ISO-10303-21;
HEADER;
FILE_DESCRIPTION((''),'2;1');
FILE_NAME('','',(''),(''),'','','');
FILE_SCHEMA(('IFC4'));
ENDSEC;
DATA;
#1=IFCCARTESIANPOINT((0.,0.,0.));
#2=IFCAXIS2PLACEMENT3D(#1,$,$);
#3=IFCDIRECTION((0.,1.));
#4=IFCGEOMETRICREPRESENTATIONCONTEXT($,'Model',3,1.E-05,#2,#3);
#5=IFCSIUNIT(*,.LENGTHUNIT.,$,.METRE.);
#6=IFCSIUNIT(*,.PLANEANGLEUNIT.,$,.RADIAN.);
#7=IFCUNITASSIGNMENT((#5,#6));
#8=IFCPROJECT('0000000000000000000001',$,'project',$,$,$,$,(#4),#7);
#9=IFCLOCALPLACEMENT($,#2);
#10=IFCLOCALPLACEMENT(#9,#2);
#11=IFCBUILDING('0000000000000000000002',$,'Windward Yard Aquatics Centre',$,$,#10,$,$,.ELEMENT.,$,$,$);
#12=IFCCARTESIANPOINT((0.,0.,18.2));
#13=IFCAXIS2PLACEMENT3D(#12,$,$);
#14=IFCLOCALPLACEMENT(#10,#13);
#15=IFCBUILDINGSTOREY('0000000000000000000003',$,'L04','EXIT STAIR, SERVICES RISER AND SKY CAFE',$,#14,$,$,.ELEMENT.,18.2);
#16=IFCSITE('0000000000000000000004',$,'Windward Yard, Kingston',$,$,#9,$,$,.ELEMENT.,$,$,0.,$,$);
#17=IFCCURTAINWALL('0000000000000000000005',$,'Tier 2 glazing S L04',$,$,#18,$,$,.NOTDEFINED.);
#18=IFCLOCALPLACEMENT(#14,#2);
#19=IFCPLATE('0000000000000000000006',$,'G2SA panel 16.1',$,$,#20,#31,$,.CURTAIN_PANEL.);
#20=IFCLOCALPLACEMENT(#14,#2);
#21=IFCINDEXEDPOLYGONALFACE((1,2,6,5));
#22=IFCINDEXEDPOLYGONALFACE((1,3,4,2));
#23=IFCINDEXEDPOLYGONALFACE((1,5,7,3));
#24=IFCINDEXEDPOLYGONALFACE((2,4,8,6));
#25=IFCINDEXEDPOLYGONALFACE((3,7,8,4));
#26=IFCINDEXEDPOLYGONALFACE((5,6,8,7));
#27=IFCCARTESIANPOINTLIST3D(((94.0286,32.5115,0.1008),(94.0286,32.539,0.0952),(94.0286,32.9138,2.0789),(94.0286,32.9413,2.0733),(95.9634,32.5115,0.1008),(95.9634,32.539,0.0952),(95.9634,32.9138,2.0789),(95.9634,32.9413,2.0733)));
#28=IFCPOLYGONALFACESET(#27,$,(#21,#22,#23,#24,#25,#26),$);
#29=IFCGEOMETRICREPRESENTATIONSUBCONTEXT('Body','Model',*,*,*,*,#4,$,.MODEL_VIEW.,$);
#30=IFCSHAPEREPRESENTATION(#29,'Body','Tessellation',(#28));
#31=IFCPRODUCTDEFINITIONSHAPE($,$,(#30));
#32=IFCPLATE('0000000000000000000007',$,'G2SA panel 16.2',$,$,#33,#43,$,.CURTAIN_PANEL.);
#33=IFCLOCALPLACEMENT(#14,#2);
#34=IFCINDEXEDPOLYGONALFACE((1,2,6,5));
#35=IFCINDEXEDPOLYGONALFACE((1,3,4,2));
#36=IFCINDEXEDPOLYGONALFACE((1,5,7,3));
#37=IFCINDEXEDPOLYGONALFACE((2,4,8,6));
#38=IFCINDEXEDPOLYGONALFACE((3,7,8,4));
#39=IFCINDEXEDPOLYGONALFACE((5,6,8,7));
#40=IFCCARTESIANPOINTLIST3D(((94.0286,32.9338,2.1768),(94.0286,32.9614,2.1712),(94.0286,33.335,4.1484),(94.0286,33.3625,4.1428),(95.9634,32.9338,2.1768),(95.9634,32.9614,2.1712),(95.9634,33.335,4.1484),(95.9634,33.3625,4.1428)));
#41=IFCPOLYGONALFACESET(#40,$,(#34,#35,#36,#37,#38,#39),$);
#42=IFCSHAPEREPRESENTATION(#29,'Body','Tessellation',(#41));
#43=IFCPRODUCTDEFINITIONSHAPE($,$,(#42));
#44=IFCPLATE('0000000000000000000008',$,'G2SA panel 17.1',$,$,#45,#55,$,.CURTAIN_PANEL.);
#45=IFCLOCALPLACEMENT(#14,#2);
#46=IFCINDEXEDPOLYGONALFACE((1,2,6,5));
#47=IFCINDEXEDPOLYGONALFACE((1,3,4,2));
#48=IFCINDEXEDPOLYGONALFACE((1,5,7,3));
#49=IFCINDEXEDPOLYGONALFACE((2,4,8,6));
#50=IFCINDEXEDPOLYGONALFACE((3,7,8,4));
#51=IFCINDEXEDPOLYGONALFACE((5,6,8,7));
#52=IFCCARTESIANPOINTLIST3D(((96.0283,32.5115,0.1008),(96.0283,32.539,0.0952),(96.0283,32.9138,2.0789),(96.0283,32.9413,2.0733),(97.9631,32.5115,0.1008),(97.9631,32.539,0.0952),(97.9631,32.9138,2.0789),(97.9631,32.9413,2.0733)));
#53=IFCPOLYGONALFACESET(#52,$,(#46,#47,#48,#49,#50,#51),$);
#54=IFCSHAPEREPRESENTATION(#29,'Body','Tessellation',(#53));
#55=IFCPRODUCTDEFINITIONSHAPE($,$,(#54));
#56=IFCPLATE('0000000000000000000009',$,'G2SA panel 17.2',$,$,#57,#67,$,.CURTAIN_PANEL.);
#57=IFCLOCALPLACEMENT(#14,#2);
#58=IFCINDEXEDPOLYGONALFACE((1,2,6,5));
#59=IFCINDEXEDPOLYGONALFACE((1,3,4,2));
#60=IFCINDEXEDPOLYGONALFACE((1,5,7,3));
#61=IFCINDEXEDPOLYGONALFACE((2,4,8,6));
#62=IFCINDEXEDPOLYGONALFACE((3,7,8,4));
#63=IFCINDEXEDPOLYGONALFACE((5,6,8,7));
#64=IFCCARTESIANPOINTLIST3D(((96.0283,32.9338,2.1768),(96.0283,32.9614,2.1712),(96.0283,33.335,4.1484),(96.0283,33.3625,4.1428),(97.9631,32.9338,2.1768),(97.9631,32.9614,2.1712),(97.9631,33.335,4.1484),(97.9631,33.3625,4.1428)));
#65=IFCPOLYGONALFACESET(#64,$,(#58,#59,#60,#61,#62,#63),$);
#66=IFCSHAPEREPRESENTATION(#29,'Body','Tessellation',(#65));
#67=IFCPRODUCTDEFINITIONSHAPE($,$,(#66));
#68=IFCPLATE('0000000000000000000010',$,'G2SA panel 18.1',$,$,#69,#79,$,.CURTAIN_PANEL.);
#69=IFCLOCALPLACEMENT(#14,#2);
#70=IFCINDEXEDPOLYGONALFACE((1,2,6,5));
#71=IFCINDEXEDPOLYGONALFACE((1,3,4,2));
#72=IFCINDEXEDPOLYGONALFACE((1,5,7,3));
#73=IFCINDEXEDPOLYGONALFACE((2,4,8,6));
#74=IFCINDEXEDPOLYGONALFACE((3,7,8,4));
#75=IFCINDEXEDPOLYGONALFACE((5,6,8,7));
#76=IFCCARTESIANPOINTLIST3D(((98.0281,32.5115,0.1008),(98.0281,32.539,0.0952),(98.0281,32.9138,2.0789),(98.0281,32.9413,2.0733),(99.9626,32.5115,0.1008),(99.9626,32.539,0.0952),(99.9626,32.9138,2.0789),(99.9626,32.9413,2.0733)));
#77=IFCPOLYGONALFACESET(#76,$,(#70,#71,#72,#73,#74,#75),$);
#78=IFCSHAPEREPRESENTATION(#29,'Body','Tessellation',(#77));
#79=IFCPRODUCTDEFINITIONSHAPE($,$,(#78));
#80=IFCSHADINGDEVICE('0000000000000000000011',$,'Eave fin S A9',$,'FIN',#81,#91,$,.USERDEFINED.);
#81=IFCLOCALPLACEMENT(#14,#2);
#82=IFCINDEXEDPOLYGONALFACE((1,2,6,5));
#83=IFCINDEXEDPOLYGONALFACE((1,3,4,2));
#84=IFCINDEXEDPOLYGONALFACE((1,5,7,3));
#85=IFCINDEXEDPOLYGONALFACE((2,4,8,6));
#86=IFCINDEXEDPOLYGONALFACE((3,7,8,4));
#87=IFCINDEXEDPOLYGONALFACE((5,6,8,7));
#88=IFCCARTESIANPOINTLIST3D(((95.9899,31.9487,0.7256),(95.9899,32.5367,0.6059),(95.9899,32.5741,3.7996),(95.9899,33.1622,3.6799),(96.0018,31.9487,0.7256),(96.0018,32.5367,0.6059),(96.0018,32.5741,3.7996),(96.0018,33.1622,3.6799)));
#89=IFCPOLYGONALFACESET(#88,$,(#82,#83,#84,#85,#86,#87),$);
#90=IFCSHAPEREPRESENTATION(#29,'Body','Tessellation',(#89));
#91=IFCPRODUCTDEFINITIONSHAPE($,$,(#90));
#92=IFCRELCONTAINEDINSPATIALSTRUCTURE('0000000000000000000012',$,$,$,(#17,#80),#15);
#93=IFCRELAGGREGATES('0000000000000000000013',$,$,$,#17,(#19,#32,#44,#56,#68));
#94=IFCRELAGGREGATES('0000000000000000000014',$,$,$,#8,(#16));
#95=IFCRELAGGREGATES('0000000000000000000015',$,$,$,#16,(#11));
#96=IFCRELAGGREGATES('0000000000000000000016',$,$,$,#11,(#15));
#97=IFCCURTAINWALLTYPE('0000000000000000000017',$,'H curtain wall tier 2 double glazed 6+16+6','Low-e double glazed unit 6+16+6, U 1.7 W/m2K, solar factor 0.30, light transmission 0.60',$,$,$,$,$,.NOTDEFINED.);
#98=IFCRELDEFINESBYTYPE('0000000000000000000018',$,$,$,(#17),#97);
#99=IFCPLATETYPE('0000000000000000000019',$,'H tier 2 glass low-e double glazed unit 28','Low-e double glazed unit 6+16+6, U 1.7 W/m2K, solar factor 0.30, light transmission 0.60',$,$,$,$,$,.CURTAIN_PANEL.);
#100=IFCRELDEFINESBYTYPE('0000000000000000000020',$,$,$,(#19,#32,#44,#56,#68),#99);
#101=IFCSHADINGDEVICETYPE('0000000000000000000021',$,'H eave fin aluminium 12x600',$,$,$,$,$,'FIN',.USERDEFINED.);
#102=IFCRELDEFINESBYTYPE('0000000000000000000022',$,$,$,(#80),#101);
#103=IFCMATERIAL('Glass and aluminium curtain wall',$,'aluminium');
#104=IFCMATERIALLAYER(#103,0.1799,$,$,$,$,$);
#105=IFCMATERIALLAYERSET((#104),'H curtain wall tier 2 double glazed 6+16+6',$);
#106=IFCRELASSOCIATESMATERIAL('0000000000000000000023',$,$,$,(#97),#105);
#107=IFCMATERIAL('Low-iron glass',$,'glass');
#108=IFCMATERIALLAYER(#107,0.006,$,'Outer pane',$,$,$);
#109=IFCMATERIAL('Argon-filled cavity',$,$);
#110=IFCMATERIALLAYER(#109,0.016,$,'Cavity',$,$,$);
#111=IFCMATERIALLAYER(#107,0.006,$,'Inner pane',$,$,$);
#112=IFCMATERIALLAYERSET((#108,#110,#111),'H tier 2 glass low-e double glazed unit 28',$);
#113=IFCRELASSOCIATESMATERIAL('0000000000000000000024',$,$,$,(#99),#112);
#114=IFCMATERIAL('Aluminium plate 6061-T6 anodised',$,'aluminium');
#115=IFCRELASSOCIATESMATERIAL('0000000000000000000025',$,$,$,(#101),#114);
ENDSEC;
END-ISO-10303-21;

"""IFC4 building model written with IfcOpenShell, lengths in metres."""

from ifc_helpers import new_model, si_unit, direction, frame, origin, origin_2d, place, context, subcontext, project, spatial, polyline, rectangle, outline, extrude, material, layer, layer_set, material_profile, profile_set, type_object, element, aggregate, save


model = new_model("IFC4")

# Units and contexts
model_context = context("Model", 3, precision=1e-05, world=origin(), true_north=direction((0.0, 1.0)))
body_context = subcontext(model_context, "Body", "Model", "MODEL_VIEW")
ifc_project = project(units=[si_unit("LENGTHUNIT", "METRE"), si_unit("PLANEANGLEUNIT", "RADIAN")], contexts=[model_context])

# Site, building, storey
site_placement = place(None, origin())
site = spatial("IfcSite", under=ifc_project, at=site_placement, Name="Windward Yard, Kingston", CompositionType="ELEMENT", RefElevation=0.0)
building_placement = place(site_placement, origin())
building = spatial("IfcBuilding", under=site, at=building_placement, Name="Windward Yard Aquatics Centre", CompositionType="ELEMENT")
storey_placement = place(building_placement, frame((0.0, 0.0, 18.2)))
storey = spatial("IfcBuildingStorey", under=building, at=storey_placement, Name="L04", Description="EXIT STAIR, SERVICES RISER AND SKY CAFE", CompositionType="ELEMENT", Elevation=18.2)

# Curtain wall
ifc_material_1 = material(Name="Glass and aluminium curtain wall", Category="aluminium")
ifc_layer_1 = layer(ifc_material_1, 0.1799)
ifc_layer_set_1 = layer_set([ifc_layer_1], Name="H curtain wall tier 2 double glazed 6+16+6")
curtain_wall_type = type_object("IfcCurtainWallType", Name="H curtain wall tier 2 double glazed 6+16+6", Description="Low-e double glazed unit 6+16+6, U 1.7 W/m2K, solar factor 0.30, light transmission 0.60", PredefinedType="NOTDEFINED", material=ifc_layer_set_1)
curtain_wall_placement = place(storey_placement, origin())
curtain_wall = element("IfcCurtainWall", 1, at=curtain_wall_placement, inside=storey, type_object=curtain_wall_type, Name="Tier 2 glazing S L04", PredefinedType="NOTDEFINED")

# Plates
ifc_material_2 = material(Name="Low-iron glass", Category="glass")
ifc_layer_2 = layer(ifc_material_2, 0.006, Name="Outer pane")
ifc_material_3 = material(Name="Argon-filled cavity")
ifc_layer_3 = layer(ifc_material_3, 0.016, Name="Cavity")
ifc_layer_4 = layer(ifc_material_2, 0.006, Name="Inner pane")
ifc_layer_set_2 = layer_set([ifc_layer_2, ifc_layer_3, ifc_layer_4], Name="H tier 2 glass low-e double glazed unit 28")
plate_type = type_object("IfcPlateType", Name="H tier 2 glass low-e double glazed unit 28", Description="Low-e double glazed unit 6+16+6, U 1.7 W/m2K, solar factor 0.30, light transmission 0.60", PredefinedType="CURTAIN_PANEL", material=ifc_layer_set_2)
plate_1_placement = place(storey_placement, frame((94.0286, 32.5115, 0.1008), z_axis=(0.0, -0.979933, 0.199325), x_axis=(1.0, 0.0, 0.0)))
plate_1 = element("IfcPlate", 2, at=plate_1_placement, type_object=plate_type, Name="G2SA panel 16.1", PredefinedType="CURTAIN_PANEL", context=body_context, shape_type="SweptSolid", body=[
    extrude(outline(polyline([(0.0, 0.0), (1.9348, 0.0), (1.9348, 2.0185), (0.0, 2.0185), (0.0, 0.0)])), origin(), (0.0, 0.0, -1.0), 0.0281),
])
plate_2_placement = place(storey_placement, frame((94.0286, 32.9338, 2.1768), z_axis=(0.0, -0.979927, 0.199359), x_axis=(1.0, 0.0, 0.0)))
plate_2 = element("IfcPlate", 3, at=plate_2_placement, type_object=plate_type, Name="G2SA panel 16.2", PredefinedType="CURTAIN_PANEL", context=body_context, shape_type="SweptSolid", body=[
    extrude(outline(polyline([(0.0, 0.0), (1.9348, 0.0), (1.9348, 2.0121), (0.0, 2.0121), (0.0, 0.0)])), origin(), (0.0, 0.0, -1.0), 0.0281),
])
plate_3_placement = place(storey_placement, frame((96.0283, 32.5115, 0.1008), z_axis=(0.0, -0.979933, 0.199325), x_axis=(1.0, 0.0, 0.0)))
plate_3 = element("IfcPlate", 4, at=plate_3_placement, type_object=plate_type, Name="G2SA panel 17.1", PredefinedType="CURTAIN_PANEL", context=body_context, shape_type="SweptSolid", body=[
    extrude(outline(polyline([(0.0, 0.0), (1.9348, 0.0), (1.9348, 2.0185), (0.0, 2.0185), (0.0, 0.0)])), origin(), (0.0, 0.0, -1.0), 0.0281),
])
plate_4_placement = place(storey_placement, frame((96.0283, 32.9338, 2.1768), z_axis=(0.0, -0.979927, 0.199359), x_axis=(1.0, 0.0, 0.0)))
plate_4 = element("IfcPlate", 5, at=plate_4_placement, type_object=plate_type, Name="G2SA panel 17.2", PredefinedType="CURTAIN_PANEL", context=body_context, shape_type="SweptSolid", body=[
    extrude(outline(polyline([(0.0, 0.0), (1.9348, 0.0), (1.9348, 2.0121), (0.0, 2.0121), (0.0, 0.0)])), origin(), (0.0, 0.0, -1.0), 0.0281),
])
plate_5_placement = place(storey_placement, frame((98.0281, 32.5115, 0.1008), z_axis=(0.0, -0.979933, 0.199325), x_axis=(1.0, 0.0, 0.0)))
plate_5 = element("IfcPlate", 6, at=plate_5_placement, type_object=plate_type, Name="G2SA panel 18.1", PredefinedType="CURTAIN_PANEL", context=body_context, shape_type="SweptSolid", body=[
    extrude(outline(polyline([(0.0, 0.0), (1.9346, 0.0), (1.9346, 2.0185), (0.0, 2.0185), (0.0, 0.0)])), origin(), (0.0, 0.0, -1.0), 0.0281),
])
aggregate(curtain_wall, [plate_1, plate_2, plate_3, plate_4, plate_5])

# Shading device
ifc_material_4 = material(Name="Aluminium plate 6061-T6 anodised", Category="aluminium")
ifc_material_profile_1 = material_profile(ifc_material_4, rectangle(XDim=0.012, YDim=0.6001, at=origin_2d()), Name="H eave fin aluminium 12x600")
ifc_profile_set_1 = profile_set([ifc_material_profile_1], Name="Aluminium plate 6061-T6 anodised")
shading_device_type = type_object("IfcShadingDeviceType", Name="H eave fin aluminium 12x600", ElementType="FIN", PredefinedType="USERDEFINED", material=ifc_profile_set_1)
shading_device_placement = place(storey_placement, frame((95.9958, 32.2427, 0.6658), z_axis=(0.0, 0.199393, 0.97992), x_axis=(-1.0, 0.0, 0.0)))
element("IfcShadingDevice", 7, at=shading_device_placement, inside=storey, type_object=shading_device_type, Name="Eave fin S A9", ObjectType="FIN", PredefinedType="USERDEFINED", context=body_context, shape_type="SweptSolid", body=[
    extrude(rectangle(XDim=0.012, YDim=0.6001, at=origin_2d()), origin(), (0.0, 0.0, 1.0), 3.137),
])

save(model, "model.ifc")
